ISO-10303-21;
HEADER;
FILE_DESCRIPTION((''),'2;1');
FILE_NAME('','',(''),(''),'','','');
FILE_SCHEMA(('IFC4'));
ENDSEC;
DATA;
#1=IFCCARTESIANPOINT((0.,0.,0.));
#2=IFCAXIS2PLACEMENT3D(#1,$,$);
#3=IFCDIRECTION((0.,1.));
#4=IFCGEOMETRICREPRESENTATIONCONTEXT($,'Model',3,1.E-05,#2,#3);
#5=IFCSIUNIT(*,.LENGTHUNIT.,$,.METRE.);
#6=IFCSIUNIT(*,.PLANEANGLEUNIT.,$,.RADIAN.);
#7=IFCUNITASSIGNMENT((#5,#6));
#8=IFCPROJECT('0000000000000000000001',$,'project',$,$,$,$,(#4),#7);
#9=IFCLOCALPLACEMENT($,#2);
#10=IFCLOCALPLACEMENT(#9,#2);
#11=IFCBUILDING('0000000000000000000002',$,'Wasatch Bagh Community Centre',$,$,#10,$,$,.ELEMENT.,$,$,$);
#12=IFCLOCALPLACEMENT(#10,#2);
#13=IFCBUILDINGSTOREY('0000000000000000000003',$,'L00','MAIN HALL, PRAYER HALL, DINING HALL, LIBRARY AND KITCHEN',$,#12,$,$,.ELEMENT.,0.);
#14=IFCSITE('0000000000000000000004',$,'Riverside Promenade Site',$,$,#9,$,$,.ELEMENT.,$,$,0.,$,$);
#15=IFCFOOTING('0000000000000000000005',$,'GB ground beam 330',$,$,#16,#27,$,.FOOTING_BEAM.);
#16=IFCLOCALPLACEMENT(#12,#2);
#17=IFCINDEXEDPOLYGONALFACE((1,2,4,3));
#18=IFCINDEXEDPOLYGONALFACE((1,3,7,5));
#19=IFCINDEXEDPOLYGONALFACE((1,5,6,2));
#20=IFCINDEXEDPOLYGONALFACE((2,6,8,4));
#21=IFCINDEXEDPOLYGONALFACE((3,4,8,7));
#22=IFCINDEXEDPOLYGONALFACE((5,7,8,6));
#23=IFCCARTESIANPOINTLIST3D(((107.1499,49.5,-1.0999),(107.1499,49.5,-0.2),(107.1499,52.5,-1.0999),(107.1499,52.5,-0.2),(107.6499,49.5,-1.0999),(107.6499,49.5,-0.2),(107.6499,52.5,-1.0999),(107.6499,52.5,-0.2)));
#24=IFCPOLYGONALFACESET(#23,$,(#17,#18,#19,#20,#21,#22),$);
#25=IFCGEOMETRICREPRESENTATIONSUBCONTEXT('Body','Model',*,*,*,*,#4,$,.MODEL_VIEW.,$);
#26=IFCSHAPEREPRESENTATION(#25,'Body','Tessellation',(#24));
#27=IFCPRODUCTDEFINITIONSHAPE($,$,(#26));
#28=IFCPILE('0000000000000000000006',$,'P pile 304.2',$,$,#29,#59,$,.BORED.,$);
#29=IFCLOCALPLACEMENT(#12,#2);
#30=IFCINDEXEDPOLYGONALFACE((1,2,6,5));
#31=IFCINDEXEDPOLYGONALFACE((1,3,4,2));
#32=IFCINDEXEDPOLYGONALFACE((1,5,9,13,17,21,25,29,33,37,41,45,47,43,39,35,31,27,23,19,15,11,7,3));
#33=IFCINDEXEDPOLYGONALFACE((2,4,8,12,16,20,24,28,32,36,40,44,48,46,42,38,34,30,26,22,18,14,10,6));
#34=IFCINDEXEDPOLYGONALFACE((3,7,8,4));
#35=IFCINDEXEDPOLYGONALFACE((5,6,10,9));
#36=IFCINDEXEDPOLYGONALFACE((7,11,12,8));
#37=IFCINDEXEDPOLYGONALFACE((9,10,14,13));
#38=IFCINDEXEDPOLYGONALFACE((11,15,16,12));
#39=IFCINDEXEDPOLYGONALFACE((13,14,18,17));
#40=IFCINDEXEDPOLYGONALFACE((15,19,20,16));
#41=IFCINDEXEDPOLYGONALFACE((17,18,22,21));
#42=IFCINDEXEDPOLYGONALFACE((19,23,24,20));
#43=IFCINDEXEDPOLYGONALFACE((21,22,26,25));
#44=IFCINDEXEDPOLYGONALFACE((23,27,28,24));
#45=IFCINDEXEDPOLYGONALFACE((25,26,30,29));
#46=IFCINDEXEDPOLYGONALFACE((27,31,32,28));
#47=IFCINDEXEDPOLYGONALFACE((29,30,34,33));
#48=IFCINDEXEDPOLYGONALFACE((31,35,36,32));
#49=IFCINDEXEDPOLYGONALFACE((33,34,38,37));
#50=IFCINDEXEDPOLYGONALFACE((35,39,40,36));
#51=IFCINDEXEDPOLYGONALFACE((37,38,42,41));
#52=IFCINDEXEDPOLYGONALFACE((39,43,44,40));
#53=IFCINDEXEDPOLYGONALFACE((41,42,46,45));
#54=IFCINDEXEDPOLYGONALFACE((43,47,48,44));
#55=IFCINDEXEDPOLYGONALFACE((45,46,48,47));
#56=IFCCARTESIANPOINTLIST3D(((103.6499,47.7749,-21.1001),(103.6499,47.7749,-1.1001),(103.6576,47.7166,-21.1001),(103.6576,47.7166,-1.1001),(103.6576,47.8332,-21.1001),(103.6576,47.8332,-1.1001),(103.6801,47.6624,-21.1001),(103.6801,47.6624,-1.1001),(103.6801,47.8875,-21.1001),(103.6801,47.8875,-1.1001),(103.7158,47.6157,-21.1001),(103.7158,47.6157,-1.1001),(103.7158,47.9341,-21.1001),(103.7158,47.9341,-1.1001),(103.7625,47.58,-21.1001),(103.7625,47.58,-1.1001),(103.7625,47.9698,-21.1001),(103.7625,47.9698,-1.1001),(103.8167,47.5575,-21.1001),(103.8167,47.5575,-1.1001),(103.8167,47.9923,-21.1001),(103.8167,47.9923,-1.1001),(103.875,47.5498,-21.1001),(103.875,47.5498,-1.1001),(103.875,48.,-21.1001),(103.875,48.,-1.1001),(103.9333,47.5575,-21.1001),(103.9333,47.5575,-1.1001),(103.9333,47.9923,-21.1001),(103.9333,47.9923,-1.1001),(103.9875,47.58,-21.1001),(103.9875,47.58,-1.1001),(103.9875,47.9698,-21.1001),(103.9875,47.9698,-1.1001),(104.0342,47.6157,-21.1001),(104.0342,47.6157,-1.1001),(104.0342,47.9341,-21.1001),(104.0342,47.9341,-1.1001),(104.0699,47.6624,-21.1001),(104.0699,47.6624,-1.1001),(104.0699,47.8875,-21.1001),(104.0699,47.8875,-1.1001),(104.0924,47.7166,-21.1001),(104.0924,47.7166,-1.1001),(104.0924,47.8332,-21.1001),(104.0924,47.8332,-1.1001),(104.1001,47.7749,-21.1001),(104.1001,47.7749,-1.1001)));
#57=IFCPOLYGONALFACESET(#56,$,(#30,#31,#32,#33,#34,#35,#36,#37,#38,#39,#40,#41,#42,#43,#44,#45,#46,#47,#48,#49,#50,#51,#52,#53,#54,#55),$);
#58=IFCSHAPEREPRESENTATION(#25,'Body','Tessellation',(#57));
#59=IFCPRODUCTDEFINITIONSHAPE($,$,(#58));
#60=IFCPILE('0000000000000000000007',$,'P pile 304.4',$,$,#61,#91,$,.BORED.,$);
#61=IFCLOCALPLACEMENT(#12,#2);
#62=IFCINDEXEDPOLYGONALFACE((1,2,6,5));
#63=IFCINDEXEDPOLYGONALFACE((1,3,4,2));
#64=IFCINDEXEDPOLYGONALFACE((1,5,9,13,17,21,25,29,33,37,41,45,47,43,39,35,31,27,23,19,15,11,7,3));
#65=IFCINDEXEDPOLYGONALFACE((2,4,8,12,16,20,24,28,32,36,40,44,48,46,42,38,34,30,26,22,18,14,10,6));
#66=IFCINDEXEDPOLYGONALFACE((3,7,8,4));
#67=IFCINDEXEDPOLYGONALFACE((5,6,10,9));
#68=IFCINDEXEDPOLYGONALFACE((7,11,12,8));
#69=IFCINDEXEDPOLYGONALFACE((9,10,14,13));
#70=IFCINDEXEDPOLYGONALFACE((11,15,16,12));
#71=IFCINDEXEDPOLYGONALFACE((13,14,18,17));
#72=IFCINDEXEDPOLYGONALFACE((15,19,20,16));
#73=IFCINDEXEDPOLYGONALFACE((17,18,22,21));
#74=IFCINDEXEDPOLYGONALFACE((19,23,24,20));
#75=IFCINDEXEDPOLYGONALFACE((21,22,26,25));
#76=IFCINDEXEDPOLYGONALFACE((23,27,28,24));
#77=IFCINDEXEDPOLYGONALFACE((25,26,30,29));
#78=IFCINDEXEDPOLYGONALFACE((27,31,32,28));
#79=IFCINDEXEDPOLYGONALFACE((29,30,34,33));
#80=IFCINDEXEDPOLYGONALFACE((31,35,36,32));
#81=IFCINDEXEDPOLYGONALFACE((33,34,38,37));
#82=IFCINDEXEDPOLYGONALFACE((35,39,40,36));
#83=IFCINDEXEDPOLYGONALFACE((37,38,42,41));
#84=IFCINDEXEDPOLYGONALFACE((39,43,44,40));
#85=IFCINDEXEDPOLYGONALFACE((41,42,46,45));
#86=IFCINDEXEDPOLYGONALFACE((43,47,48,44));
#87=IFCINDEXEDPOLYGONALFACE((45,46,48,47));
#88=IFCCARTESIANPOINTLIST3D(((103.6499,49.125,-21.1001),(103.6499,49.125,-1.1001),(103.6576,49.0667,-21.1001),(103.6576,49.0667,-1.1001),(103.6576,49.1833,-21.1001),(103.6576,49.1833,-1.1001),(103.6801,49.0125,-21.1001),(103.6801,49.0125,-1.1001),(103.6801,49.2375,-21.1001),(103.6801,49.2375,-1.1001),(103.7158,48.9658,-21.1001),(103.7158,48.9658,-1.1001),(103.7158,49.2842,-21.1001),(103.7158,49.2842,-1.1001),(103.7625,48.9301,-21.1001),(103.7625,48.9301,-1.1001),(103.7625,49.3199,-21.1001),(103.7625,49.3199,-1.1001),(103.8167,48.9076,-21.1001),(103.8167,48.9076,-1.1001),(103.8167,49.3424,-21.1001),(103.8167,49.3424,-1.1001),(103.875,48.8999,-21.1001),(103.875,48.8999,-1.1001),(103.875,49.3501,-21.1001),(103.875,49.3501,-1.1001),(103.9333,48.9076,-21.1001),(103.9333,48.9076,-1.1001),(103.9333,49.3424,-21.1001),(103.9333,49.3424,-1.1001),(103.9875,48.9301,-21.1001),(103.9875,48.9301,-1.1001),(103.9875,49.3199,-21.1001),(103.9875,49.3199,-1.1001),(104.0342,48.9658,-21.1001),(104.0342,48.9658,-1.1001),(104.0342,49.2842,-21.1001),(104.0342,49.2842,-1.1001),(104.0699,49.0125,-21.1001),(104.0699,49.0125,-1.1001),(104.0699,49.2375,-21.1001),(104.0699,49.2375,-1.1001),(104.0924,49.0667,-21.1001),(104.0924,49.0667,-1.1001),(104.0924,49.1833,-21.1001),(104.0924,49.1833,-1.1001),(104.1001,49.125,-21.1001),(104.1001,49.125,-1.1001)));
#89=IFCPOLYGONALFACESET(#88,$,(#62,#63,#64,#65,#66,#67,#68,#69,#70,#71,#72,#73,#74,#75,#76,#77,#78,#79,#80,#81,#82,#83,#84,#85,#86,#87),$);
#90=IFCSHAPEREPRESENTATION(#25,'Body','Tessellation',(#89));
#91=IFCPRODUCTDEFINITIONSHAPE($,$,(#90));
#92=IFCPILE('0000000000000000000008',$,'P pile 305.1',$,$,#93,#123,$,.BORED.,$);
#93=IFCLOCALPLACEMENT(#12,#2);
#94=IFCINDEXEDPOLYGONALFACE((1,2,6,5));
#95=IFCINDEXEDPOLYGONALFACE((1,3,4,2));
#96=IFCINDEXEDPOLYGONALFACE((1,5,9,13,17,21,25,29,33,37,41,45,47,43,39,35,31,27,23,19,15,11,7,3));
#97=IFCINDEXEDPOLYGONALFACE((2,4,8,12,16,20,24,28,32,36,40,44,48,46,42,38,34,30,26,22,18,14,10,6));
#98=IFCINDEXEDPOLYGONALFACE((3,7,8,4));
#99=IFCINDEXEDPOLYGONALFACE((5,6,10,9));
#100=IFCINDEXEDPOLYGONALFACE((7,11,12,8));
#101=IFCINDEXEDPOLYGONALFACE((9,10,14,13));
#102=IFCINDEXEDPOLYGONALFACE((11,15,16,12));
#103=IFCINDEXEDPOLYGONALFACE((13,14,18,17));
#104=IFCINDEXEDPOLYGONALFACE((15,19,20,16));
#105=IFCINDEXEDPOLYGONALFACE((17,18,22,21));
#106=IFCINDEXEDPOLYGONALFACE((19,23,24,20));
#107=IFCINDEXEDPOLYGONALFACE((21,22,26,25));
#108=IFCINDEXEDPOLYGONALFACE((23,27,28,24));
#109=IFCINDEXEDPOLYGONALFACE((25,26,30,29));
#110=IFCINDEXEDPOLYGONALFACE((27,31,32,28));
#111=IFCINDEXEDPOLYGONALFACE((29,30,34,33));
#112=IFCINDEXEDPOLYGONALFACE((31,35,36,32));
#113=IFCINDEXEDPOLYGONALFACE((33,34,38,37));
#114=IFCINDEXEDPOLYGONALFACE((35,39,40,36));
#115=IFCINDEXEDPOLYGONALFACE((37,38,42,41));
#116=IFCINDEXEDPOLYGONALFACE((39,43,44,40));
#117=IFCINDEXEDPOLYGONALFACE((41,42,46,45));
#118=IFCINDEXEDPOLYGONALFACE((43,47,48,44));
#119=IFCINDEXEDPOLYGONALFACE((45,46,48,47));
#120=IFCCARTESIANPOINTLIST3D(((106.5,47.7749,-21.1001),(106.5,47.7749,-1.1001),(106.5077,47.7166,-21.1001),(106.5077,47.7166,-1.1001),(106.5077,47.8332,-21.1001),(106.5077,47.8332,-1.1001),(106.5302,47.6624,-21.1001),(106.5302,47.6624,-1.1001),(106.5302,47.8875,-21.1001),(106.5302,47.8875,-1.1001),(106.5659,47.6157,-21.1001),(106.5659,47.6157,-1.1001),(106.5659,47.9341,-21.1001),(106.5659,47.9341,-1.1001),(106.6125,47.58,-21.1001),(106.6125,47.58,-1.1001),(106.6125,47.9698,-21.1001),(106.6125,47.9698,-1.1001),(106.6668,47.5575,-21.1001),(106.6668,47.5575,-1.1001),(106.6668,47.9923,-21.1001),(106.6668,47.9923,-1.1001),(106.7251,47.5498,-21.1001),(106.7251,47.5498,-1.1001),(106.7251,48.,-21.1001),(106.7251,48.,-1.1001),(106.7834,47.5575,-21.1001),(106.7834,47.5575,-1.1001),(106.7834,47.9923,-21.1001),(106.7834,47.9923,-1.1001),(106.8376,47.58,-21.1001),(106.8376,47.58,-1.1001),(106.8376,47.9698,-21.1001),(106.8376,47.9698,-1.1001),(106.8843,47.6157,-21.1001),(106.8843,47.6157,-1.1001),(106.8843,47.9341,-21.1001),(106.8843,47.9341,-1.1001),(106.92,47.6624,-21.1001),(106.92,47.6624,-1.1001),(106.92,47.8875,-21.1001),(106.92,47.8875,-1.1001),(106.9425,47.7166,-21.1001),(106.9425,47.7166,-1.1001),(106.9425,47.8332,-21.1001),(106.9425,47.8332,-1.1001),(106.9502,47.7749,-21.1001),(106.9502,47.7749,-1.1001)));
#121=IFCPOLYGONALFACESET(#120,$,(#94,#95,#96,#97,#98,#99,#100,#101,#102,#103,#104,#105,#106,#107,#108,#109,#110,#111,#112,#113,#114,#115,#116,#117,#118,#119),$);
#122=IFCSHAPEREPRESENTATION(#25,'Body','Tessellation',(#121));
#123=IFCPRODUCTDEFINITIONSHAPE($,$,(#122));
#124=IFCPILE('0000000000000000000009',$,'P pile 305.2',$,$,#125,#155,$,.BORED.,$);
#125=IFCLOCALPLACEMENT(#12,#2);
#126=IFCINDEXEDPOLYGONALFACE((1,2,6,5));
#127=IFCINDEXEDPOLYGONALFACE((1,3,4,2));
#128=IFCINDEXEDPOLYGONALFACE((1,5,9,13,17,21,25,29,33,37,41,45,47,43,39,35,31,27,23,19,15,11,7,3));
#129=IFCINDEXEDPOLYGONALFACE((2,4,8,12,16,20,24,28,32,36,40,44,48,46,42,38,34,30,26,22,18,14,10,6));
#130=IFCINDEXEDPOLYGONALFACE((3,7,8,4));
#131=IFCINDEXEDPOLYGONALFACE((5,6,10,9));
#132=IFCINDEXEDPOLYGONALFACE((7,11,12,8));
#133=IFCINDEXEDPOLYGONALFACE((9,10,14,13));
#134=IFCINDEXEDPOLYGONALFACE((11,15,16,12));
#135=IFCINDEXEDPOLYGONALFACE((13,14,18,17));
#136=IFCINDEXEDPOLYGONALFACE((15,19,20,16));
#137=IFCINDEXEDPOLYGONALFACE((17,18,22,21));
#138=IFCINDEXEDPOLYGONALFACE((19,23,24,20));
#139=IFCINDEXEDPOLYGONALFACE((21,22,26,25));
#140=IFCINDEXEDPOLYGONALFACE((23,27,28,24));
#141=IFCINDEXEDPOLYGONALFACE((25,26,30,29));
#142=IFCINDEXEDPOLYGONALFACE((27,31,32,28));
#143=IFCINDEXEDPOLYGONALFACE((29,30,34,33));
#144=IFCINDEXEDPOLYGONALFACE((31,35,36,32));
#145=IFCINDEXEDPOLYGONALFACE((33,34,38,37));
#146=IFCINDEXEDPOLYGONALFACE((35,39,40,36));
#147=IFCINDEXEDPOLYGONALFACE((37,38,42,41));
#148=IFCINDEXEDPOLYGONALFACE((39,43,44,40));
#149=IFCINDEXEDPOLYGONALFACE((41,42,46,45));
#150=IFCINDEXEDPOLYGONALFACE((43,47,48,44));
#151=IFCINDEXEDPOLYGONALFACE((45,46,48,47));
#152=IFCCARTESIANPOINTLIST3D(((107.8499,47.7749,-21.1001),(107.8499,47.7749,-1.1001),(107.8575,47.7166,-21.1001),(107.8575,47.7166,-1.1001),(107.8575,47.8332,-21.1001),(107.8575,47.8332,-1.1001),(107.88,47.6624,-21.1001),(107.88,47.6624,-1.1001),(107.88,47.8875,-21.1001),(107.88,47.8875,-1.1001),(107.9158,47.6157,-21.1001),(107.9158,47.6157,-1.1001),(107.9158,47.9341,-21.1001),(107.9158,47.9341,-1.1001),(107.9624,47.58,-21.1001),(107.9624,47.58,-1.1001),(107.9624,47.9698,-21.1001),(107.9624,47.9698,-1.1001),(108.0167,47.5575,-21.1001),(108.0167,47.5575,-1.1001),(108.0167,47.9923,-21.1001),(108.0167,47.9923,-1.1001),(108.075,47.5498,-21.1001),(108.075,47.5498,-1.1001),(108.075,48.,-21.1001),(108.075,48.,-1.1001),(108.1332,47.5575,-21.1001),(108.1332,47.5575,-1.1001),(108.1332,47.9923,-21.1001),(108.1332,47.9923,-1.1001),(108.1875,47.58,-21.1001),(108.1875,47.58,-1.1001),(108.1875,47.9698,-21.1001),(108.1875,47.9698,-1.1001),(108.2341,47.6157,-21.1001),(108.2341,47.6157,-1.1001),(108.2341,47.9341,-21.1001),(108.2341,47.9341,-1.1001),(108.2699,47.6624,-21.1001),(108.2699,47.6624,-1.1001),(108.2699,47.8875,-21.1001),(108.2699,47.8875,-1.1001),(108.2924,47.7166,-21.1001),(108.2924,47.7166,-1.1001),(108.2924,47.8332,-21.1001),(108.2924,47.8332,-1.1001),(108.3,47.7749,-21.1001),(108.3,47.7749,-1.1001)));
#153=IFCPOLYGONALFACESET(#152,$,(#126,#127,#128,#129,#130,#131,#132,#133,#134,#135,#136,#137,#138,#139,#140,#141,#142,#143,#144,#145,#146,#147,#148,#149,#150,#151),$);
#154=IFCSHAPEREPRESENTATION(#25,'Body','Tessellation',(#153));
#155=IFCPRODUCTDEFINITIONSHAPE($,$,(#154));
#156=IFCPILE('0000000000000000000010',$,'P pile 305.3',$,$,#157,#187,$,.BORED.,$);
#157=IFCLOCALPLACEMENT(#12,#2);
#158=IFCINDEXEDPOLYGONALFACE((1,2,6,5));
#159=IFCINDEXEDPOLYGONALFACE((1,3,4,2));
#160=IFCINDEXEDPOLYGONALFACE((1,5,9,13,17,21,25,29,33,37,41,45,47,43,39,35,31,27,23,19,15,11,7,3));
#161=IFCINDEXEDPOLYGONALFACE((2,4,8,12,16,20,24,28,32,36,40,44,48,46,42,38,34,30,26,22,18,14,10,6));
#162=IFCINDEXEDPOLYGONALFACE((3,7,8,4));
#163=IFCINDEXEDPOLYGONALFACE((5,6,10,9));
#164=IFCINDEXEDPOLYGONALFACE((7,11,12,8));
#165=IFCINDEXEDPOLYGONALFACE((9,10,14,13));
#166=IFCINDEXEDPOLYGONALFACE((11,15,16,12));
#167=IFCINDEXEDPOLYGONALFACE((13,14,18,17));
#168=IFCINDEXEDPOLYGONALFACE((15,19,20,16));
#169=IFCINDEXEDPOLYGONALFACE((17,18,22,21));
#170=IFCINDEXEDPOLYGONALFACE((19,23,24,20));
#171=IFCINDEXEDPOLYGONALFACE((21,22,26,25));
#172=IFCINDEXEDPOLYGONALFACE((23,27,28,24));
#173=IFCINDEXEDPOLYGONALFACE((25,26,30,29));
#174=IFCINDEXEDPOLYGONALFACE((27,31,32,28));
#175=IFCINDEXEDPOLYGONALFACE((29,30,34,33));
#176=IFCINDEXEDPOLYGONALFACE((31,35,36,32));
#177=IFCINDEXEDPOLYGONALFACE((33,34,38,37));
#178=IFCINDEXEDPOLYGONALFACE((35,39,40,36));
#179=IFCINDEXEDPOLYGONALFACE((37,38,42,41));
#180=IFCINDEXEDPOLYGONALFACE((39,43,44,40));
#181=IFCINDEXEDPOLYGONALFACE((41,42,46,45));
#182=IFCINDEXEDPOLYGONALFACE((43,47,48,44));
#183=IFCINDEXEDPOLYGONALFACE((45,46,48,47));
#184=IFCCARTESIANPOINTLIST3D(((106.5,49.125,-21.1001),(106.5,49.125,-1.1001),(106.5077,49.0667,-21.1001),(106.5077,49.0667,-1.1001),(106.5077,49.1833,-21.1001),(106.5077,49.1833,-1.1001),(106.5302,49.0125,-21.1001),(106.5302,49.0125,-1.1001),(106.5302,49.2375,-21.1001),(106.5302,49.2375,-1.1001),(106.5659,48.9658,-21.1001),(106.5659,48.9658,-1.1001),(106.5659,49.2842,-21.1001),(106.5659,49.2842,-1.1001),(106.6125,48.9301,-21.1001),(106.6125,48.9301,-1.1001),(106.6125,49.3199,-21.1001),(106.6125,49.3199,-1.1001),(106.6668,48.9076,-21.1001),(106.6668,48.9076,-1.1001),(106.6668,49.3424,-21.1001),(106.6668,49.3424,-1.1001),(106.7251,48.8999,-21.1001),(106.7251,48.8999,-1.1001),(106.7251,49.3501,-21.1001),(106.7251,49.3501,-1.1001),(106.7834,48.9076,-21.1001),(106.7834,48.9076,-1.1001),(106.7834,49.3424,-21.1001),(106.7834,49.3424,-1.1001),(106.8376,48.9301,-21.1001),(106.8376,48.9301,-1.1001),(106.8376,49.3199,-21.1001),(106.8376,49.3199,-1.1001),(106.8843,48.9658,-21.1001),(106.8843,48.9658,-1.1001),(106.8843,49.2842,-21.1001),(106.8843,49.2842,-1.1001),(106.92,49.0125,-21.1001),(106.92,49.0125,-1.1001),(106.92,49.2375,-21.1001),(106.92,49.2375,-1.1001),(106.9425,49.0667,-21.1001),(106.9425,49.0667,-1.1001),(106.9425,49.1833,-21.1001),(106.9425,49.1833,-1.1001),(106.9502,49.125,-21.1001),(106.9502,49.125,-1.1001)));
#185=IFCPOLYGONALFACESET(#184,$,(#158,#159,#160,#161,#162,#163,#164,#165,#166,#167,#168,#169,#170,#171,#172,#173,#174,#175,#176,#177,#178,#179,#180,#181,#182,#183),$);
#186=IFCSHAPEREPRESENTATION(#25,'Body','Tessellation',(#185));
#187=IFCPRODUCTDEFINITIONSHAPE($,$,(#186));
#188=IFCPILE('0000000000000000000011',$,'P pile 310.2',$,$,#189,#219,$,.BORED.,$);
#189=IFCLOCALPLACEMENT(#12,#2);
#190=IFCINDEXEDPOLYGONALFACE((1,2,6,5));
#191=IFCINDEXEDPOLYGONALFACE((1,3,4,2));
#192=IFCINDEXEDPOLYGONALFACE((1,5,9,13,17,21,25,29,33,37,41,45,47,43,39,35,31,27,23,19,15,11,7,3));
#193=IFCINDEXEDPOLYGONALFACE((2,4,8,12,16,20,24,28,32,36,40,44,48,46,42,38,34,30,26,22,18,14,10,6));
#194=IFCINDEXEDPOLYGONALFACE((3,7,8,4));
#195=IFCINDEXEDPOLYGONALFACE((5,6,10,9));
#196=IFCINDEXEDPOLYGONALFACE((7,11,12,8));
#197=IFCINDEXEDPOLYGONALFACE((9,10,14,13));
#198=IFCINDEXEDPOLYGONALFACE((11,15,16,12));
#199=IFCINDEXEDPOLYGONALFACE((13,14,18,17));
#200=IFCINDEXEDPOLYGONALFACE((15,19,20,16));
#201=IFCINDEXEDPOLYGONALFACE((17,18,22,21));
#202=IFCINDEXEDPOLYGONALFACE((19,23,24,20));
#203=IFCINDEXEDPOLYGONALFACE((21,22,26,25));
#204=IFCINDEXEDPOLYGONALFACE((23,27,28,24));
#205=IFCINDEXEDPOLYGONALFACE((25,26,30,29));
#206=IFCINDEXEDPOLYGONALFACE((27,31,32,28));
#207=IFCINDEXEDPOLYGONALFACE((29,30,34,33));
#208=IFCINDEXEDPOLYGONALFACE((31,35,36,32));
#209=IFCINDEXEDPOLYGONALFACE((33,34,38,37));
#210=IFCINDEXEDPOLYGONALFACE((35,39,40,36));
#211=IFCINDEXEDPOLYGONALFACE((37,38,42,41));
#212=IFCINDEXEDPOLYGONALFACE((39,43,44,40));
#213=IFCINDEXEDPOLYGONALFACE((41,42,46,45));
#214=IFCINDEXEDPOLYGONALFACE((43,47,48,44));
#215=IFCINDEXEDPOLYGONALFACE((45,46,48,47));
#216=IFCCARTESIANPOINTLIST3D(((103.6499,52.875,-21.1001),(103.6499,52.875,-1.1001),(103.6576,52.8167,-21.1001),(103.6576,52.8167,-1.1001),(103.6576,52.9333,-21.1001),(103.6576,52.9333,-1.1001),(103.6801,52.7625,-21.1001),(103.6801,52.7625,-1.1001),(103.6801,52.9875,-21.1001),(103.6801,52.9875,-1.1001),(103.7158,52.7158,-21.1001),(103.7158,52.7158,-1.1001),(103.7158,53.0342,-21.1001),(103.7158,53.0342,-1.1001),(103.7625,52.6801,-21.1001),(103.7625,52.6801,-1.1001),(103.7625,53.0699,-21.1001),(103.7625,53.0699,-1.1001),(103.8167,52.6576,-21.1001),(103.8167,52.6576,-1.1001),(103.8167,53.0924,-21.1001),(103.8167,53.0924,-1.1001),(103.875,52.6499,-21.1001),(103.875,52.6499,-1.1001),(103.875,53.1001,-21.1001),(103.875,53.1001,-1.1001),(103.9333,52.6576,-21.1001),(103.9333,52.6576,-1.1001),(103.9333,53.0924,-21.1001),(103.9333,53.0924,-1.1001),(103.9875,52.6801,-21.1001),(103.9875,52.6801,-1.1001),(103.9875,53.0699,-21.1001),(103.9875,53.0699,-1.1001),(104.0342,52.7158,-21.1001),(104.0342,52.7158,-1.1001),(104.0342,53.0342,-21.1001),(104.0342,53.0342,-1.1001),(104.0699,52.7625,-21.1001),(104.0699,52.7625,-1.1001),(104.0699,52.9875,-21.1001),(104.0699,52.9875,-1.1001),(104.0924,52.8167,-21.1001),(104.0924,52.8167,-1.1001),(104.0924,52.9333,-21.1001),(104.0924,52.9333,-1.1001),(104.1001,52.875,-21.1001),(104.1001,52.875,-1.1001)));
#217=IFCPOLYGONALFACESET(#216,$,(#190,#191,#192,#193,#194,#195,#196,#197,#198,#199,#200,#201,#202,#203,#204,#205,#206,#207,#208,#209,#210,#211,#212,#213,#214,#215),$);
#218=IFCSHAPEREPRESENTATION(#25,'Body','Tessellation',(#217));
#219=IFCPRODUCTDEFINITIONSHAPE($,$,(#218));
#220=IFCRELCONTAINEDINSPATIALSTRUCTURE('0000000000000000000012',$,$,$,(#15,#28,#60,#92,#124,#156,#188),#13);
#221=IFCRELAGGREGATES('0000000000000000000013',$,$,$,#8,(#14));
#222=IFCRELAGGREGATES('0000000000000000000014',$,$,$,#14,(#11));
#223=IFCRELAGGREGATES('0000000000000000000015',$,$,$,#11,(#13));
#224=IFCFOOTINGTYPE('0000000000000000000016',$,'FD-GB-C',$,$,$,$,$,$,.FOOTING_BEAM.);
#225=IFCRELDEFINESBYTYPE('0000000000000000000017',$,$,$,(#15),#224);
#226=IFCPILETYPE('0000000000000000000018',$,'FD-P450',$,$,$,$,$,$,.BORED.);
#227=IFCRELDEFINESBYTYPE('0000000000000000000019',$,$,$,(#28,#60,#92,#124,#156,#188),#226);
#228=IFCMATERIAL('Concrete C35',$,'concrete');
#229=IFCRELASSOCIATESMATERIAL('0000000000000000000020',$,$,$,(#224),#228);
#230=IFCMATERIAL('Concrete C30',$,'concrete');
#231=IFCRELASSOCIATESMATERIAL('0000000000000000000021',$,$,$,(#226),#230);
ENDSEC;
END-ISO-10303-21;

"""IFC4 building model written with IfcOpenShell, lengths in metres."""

from ifc_helpers import new_model, si_unit, direction, frame, origin, origin_2d, place, context, subcontext, project, spatial, rectangle, circle, extrude, material, material_profile, profile_set, type_object, element, save


model = new_model("IFC4")

# Units and contexts
model_context = context("Model", 3, precision=1e-05, world=origin(), true_north=direction((0.0, 1.0)))
body_context = subcontext(model_context, "Body", "Model", "MODEL_VIEW")
ifc_project = project(units=[si_unit("LENGTHUNIT", "METRE"), si_unit("PLANEANGLEUNIT", "RADIAN")], contexts=[model_context])

# Site, building, storey
site_placement = place(None, origin())
site = spatial("IfcSite", under=ifc_project, at=site_placement, Name="Riverside Promenade Site", CompositionType="ELEMENT", RefElevation=0.0)
building_placement = place(site_placement, origin())
building = spatial("IfcBuilding", under=site, at=building_placement, Name="Wasatch Bagh Community Centre", CompositionType="ELEMENT")
storey_placement = place(building_placement, origin())
storey = spatial("IfcBuildingStorey", under=building, at=storey_placement, Name="L00", Description="MAIN HALL, PRAYER HALL, DINING HALL, LIBRARY AND KITCHEN", CompositionType="ELEMENT", Elevation=0.0)

# Footing
ifc_material_1 = material(Name="Concrete C35", Category="concrete")
footing_type_1 = type_object("IfcFootingType", Name="FD-GB-C", PredefinedType="FOOTING_BEAM", material=ifc_material_1)
footing_placement = place(storey_placement, frame((107.3999, 51.0, -1.0999), z_axis=(0.0, 0.0, 1.0), x_axis=(0.0, 1.0, 0.0)))
element("IfcFooting", 1, at=footing_placement, inside=storey, type_object=footing_type_1, Name="GB ground beam 330", PredefinedType="FOOTING_BEAM", context=body_context, shape_type="SweptSolid", body=[
    extrude(rectangle(XDim=3.0, YDim=0.5, at=origin_2d()), origin(), (0.0, 0.0, 1.0), 0.8999),
])

# Piles
ifc_material_2 = material(Name="Concrete C30", Category="concrete")
ifc_material_profile_1 = material_profile(ifc_material_2, circle(Radius=0.2251, at=origin_2d()), Name="RC D450")
ifc_profile_set_1 = profile_set([ifc_material_profile_1], Name="Concrete C30")
pile_type = type_object("IfcPileType", Name="FD-P450", PredefinedType="BORED", material=ifc_profile_set_1)
for number, where, z_axis, x_axis, name in (
    (2, (103.875, 47.7749, -1.1001), (0.0, 0.0, -1.0), (1.0, 0.0, 0.0), "P pile 304.2"),
    (3, (103.875, 49.125, -1.1001), (0.0, 0.0, -1.0), (1.0, 0.0, 0.0), "P pile 304.4"),
    (4, (106.7251, 47.7749, -1.1001), (0.0, 0.0, -1.0), (1.0, 0.0, 0.0), "P pile 305.1"),
    (5, (108.075, 47.7749, -1.1001), (0.0, 0.0, -1.0), (1.0, 0.0, 0.0), "P pile 305.2"),
    (6, (106.7251, 49.125, -1.1001), (0.0, 0.0, -1.0), (1.0, 0.0, 0.0), "P pile 305.3"),
    (7, (103.875, 52.875, -1.1001), (0.0, 0.0, -1.0), (1.0, 0.0, 0.0), "P pile 310.2"),
):
    element("IfcPile", number, at=place(storey_placement, frame(where, z_axis=z_axis, x_axis=x_axis)), inside=storey, type_object=pile_type, Name=name, PredefinedType="BORED", context=body_context, shape_type="SweptSolid", body=[
        extrude(circle(Radius=0.2251, at=origin_2d()), origin(), (0.0, 0.0, 1.0), 20.0),
    ])

save(model, "model.ifc")
